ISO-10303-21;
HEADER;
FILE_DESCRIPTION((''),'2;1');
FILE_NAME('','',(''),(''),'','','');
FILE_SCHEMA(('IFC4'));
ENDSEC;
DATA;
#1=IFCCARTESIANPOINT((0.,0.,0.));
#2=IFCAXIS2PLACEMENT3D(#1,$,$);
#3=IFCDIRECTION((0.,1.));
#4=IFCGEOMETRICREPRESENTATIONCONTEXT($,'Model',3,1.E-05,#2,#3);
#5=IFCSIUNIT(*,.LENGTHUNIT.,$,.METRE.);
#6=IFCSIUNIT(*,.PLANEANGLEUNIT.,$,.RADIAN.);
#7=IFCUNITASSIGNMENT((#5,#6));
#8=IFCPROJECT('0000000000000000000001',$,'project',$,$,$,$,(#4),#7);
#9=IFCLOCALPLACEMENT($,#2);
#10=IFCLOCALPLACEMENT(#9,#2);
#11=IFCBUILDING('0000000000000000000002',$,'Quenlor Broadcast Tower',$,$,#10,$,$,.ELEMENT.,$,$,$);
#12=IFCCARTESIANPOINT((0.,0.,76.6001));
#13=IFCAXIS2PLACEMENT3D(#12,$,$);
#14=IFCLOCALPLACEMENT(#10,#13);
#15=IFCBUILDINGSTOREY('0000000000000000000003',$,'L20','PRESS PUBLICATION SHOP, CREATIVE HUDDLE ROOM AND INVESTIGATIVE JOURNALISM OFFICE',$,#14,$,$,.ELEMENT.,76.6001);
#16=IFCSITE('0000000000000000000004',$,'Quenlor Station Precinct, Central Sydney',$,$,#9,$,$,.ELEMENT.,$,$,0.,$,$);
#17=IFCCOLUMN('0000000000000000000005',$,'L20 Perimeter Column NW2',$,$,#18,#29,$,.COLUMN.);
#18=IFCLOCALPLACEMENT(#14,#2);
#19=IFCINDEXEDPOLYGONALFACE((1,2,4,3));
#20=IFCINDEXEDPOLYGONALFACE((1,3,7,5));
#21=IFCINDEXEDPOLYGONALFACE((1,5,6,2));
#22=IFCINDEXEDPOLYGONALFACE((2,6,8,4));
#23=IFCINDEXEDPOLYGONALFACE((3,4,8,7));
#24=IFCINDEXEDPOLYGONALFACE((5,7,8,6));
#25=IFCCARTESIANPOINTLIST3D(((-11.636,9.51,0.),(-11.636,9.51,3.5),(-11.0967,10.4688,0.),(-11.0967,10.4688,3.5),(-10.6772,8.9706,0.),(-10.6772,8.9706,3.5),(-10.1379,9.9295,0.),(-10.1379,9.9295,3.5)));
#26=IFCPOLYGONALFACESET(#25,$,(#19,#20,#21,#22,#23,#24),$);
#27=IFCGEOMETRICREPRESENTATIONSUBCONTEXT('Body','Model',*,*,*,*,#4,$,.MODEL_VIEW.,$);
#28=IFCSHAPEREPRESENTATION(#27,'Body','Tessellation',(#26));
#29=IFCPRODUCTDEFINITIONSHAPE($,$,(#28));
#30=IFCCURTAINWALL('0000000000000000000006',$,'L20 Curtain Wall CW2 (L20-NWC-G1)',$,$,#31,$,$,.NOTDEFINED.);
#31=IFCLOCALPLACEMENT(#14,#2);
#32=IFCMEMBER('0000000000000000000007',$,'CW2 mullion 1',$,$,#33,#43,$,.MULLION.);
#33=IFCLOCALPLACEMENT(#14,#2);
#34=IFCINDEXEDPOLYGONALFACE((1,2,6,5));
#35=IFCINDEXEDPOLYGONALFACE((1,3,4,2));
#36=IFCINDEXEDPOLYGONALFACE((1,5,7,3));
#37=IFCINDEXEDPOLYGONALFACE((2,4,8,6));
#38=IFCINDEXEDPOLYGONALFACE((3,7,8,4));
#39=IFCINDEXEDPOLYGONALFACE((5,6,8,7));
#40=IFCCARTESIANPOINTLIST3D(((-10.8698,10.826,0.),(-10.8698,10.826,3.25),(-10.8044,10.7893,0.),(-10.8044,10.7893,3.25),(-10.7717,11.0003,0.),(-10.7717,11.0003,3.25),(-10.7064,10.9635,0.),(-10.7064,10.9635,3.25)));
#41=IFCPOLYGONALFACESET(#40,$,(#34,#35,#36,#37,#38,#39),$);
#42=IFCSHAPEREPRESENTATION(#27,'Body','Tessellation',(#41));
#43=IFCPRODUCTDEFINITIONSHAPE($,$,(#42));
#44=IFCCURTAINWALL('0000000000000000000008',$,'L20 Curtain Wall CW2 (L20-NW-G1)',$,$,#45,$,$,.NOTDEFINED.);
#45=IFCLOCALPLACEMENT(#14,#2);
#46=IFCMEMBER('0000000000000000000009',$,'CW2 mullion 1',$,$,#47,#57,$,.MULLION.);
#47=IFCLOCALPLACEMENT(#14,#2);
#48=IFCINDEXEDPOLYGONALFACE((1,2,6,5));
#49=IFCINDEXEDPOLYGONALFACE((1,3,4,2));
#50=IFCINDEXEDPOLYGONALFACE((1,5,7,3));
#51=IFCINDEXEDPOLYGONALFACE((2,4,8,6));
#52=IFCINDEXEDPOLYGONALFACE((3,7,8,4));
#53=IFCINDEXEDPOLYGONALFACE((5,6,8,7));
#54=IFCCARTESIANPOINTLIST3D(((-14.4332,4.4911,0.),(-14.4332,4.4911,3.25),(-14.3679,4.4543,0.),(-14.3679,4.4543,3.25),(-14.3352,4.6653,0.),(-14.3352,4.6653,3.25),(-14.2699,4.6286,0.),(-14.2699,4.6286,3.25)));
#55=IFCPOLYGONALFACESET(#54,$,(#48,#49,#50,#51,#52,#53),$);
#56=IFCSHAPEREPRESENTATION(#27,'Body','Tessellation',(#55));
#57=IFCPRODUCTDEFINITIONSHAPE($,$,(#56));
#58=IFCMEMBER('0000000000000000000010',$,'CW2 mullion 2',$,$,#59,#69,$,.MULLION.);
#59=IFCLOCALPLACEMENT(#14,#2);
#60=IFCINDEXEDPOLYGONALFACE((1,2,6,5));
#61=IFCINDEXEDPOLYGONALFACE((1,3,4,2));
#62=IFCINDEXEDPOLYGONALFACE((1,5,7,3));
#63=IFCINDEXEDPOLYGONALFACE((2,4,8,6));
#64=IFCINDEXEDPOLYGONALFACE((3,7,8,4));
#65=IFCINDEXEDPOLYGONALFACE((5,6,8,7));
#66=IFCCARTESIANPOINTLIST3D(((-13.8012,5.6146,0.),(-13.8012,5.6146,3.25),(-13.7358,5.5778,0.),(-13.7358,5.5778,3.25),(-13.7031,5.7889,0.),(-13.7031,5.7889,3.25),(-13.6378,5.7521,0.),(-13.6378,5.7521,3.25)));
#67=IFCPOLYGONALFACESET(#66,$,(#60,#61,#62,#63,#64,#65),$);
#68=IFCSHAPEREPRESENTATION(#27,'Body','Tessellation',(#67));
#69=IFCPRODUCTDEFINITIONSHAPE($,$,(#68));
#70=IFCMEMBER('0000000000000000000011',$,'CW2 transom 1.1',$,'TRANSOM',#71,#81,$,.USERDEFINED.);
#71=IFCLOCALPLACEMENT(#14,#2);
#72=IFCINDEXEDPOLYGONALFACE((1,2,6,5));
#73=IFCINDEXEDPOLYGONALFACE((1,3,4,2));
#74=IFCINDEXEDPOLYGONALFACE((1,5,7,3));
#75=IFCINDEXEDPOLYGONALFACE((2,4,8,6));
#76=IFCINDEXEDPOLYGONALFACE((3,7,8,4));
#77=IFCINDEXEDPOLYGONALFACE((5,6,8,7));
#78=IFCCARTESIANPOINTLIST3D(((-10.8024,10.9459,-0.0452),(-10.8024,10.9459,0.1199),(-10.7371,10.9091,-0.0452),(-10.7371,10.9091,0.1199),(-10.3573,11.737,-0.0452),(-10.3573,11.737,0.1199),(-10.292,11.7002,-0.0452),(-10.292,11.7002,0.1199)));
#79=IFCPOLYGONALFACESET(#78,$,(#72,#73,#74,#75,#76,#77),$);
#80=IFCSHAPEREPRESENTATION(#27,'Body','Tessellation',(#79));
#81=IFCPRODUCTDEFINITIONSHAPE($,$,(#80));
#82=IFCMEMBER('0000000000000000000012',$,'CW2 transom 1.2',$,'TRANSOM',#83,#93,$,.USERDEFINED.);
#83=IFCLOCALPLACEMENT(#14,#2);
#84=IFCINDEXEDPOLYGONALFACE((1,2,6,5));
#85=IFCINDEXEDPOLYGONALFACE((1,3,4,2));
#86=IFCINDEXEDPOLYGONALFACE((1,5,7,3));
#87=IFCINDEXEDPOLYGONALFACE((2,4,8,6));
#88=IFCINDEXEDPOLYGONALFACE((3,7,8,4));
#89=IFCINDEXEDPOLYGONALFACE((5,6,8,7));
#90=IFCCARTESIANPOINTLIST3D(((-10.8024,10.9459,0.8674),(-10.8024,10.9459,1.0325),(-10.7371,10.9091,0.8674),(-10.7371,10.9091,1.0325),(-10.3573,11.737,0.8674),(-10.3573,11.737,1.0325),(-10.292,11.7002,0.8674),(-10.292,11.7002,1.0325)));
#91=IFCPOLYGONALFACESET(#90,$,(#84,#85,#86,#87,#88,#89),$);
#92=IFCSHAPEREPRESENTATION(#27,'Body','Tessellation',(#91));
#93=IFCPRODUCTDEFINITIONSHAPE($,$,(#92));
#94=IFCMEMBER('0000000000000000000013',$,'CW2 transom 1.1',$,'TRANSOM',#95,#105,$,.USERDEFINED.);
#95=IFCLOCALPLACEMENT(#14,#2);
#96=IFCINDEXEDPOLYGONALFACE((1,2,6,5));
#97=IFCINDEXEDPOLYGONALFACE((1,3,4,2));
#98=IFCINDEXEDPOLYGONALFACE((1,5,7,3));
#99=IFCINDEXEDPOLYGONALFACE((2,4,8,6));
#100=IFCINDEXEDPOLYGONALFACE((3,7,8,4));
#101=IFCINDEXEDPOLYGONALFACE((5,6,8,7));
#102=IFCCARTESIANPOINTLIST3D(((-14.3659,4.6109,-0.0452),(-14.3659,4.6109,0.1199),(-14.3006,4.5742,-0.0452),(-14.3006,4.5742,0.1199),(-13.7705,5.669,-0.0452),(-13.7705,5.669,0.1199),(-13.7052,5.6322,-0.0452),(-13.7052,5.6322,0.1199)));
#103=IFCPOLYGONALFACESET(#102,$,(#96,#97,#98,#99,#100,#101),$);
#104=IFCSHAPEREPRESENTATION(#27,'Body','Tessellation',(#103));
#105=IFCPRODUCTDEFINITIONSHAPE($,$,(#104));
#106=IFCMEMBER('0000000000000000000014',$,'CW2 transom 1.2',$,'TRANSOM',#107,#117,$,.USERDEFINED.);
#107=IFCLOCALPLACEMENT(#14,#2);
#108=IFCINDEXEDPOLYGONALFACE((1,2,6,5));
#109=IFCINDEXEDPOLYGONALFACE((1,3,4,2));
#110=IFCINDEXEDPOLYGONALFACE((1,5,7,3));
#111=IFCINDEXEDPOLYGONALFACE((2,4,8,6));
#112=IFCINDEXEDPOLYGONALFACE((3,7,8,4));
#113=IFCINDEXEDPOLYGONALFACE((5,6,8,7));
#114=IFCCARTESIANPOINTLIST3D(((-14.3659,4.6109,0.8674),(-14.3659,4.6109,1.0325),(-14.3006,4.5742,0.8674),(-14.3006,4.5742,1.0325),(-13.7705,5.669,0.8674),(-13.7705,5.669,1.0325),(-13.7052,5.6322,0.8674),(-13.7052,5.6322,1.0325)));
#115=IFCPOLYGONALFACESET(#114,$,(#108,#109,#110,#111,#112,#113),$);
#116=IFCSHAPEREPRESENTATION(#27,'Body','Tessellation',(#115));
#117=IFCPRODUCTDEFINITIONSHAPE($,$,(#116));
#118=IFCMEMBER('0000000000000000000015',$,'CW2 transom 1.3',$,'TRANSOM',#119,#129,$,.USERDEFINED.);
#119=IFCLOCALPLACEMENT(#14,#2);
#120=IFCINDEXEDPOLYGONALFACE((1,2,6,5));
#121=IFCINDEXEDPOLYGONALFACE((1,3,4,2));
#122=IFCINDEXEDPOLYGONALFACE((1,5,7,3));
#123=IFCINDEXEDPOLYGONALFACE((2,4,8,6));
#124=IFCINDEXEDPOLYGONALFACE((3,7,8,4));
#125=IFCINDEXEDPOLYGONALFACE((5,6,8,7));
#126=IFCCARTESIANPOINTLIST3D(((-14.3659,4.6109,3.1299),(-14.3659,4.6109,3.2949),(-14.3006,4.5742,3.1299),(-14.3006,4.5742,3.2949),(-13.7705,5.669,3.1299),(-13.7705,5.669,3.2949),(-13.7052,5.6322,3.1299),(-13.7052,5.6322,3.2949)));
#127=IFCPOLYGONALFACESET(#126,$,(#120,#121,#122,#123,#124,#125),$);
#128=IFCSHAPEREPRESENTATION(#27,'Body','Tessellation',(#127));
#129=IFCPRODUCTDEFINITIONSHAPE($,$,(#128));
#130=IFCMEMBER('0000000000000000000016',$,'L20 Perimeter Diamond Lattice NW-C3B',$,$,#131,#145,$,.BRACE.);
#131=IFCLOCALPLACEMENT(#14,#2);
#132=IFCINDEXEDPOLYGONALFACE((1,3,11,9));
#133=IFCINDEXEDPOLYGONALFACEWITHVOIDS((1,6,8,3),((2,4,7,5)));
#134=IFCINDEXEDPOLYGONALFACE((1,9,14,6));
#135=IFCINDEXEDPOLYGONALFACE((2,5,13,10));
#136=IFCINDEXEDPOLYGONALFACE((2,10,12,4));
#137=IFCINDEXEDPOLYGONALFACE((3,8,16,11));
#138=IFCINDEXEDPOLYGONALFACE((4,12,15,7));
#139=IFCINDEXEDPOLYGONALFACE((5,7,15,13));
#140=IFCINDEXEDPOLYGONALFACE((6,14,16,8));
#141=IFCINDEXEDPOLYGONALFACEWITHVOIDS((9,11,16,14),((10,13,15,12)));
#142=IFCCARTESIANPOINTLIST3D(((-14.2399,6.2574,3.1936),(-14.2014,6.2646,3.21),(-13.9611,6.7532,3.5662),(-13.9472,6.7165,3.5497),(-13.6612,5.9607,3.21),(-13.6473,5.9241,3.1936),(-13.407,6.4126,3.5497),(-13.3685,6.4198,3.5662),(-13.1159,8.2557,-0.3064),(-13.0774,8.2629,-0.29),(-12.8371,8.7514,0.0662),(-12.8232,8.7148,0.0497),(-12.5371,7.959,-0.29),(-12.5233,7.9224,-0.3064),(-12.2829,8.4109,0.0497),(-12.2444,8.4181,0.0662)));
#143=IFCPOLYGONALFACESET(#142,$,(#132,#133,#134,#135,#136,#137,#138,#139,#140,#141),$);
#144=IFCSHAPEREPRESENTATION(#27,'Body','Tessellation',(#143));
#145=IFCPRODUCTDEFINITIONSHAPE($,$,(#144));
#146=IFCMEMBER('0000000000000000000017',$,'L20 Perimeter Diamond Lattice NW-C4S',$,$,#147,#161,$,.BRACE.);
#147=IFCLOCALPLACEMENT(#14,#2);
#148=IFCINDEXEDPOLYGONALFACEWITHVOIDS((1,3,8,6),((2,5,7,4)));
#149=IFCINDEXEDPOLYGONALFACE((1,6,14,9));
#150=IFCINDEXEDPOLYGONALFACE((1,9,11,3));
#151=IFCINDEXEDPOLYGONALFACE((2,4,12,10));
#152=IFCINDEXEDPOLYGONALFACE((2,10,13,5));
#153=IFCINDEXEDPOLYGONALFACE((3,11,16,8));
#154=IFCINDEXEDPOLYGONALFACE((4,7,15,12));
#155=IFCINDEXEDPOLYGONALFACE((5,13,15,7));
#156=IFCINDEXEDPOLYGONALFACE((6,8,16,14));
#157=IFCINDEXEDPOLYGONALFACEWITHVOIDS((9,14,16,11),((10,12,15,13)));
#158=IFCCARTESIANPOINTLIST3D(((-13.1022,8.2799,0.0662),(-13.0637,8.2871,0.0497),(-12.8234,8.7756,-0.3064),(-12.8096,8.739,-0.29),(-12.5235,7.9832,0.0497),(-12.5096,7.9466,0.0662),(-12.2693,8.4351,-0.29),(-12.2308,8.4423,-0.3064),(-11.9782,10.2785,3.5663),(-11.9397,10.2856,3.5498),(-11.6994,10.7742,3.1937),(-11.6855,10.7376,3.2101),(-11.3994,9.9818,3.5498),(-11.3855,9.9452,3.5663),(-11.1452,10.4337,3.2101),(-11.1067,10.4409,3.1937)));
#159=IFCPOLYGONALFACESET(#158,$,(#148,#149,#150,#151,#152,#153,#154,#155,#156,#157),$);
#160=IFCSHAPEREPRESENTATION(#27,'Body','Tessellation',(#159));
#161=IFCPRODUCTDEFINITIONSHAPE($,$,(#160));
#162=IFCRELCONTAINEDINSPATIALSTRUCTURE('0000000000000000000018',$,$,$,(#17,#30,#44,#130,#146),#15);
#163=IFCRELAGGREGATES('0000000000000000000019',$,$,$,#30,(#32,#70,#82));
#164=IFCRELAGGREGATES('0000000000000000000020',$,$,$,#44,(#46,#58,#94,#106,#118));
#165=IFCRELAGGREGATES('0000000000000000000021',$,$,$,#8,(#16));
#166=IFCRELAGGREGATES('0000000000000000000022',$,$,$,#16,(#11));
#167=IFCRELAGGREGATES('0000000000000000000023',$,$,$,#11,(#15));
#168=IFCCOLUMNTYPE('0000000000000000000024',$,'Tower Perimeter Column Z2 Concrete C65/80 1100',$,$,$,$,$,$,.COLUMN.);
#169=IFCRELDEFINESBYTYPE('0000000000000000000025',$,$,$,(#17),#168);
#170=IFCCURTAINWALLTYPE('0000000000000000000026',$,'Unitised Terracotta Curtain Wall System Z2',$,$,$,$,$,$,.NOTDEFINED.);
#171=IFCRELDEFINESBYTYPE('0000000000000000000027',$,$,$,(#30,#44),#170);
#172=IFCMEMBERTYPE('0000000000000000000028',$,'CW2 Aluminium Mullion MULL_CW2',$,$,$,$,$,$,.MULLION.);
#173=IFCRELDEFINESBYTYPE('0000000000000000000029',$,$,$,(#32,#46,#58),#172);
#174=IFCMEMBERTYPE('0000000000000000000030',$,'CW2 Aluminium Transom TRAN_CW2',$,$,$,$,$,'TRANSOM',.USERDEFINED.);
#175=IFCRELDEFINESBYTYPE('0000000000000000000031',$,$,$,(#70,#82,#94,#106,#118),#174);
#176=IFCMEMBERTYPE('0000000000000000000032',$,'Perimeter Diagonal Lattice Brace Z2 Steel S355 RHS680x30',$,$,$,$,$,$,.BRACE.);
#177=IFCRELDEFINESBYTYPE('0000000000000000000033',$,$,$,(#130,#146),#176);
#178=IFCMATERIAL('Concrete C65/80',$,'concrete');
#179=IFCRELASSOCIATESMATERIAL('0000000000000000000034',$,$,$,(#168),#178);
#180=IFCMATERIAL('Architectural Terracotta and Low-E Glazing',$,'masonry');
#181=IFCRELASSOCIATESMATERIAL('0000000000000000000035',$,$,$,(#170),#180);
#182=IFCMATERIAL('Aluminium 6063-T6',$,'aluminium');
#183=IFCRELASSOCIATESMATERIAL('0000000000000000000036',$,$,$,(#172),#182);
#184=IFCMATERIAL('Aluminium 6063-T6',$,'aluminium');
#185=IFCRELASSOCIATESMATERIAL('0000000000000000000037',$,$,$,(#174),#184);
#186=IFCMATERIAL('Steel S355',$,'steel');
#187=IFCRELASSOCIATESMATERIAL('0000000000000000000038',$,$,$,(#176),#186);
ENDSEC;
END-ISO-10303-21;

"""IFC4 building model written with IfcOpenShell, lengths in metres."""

from ifc_helpers import new_model, si_unit, direction, frame, origin, origin_2d, place, context, subcontext, project, spatial, rectangle, hollow_rectangle, extrude, material, material_profile, profile_set, type_object, element, aggregate, save


model = new_model("IFC4")

# Units and contexts
model_context = context("Model", 3, precision=1e-05, world=origin(), true_north=direction((0.0, 1.0)))
body_context = subcontext(model_context, "Body", "Model", "MODEL_VIEW")
ifc_project = project(units=[si_unit("LENGTHUNIT", "METRE"), si_unit("PLANEANGLEUNIT", "RADIAN")], contexts=[model_context])

# Site, building, storey
site_placement = place(None, origin())
site = spatial("IfcSite", under=ifc_project, at=site_placement, Name="Quenlor Station Precinct, Central Sydney", CompositionType="ELEMENT", RefElevation=0.0)
building_placement = place(site_placement, origin())
building = spatial("IfcBuilding", under=site, at=building_placement, Name="Quenlor Broadcast Tower", CompositionType="ELEMENT")
storey_placement = place(building_placement, frame((0.0, 0.0, 76.6001)))
storey = spatial("IfcBuildingStorey", under=building, at=storey_placement, Name="L20", Description="PRESS PUBLICATION SHOP, CREATIVE HUDDLE ROOM AND INVESTIGATIVE JOURNALISM OFFICE", CompositionType="ELEMENT", Elevation=76.6001)

# Column
ifc_material_1 = material(Name="Concrete C65/80", Category="concrete")
ifc_material_profile_1 = material_profile(ifc_material_1, rectangle(XDim=1.1001, YDim=1.1001, at=origin_2d()))
ifc_profile_set_1 = profile_set([ifc_material_profile_1], Name="Concrete C65/80 RC1100x1100")
column_type = type_object("IfcColumnType", Name="Tower Perimeter Column Z2 Concrete C65/80 1100", PredefinedType="COLUMN", material=ifc_profile_set_1)
column_placement = place(storey_placement, frame((-10.887, 9.7197, 0.0), z_axis=(0.0, 0.0, 1.0), x_axis=(-0.871575, 0.490262, 0.0)))
element("IfcColumn", 1, at=column_placement, inside=storey, type_object=column_type, Name="L20 Perimeter Column NW2", PredefinedType="COLUMN", context=body_context, shape_type="SweptSolid", body=[
    extrude(rectangle(XDim=1.1001, YDim=1.1001, at=origin_2d()), origin(), (0.0, 0.0, 1.0), 3.5),
])

# Curtain wall, member
ifc_material_2 = material(Name="Architectural Terracotta and Low-E Glazing", Category="masonry")
curtain_wall_type = type_object("IfcCurtainWallType", Name="Unitised Terracotta Curtain Wall System Z2", PredefinedType="NOTDEFINED", material=ifc_material_2)
curtain_wall_1_placement = place(storey_placement, origin())
curtain_wall_1 = element("IfcCurtainWall", 2, at=curtain_wall_1_placement, inside=storey, type_object=curtain_wall_type, Name="L20 Curtain Wall CW2 (L20-NWC-G1)", PredefinedType="NOTDEFINED")
ifc_material_3 = material(Name="Aluminium 6063-T6", Category="aluminium")
ifc_material_profile_2 = material_profile(ifc_material_3, rectangle(XDim=0.075, YDim=0.2, at=origin_2d()))
ifc_profile_set_2 = profile_set([ifc_material_profile_2], Name="Aluminium 6063-T6 MULL75x200")
member_type_1 = type_object("IfcMemberType", Name="CW2 Aluminium Mullion MULL_CW2", PredefinedType="MULLION", material=ifc_profile_set_2)
member_1_placement = place(storey_placement, frame((-10.7881, 10.8948, 0.0), z_axis=(0.0, 0.0, 1.0), x_axis=(-0.871581, 0.490252, 0.0)))
member_1 = element("IfcMember", 3, at=member_1_placement, type_object=member_type_1, Name="CW2 mullion 1", PredefinedType="MULLION", context=body_context, shape_type="SweptSolid", body=[
    extrude(rectangle(XDim=0.075, YDim=0.2, at=origin_2d()), origin(), (0.0, 0.0, 1.0), 3.25),
])

# Curtain wall, members
curtain_wall_2_placement = place(storey_placement, origin())
curtain_wall_2 = element("IfcCurtainWall", 4, at=curtain_wall_2_placement, inside=storey, type_object=curtain_wall_type, Name="L20 Curtain Wall CW2 (L20-NW-G1)", PredefinedType="NOTDEFINED")
member_2_placement = place(storey_placement, frame((-14.3516, 4.5598, 0.0), z_axis=(0.0, 0.0, 1.0), x_axis=(-0.871579, 0.490254, 0.0)))
member_2 = element("IfcMember", 5, at=member_2_placement, type_object=member_type_1, Name="CW2 mullion 1", PredefinedType="MULLION", context=body_context, shape_type="SweptSolid", body=[
    extrude(rectangle(XDim=0.075, YDim=0.2, at=origin_2d()), origin(), (0.0, 0.0, 1.0), 3.25),
])
member_3_placement = place(storey_placement, frame((-13.7195, 5.6833, 0.0), z_axis=(0.0, 0.0, 1.0), x_axis=(-0.871579, 0.490254, 0.0)))
member_3 = element("IfcMember", 6, at=member_3_placement, type_object=member_type_1, Name="CW2 mullion 2", PredefinedType="MULLION", context=body_context, shape_type="SweptSolid", body=[
    extrude(rectangle(XDim=0.075, YDim=0.2, at=origin_2d()), origin(), (0.0, 0.0, 1.0), 3.25),
])

# Members
ifc_material_4 = material(Name="Aluminium 6063-T6", Category="aluminium")
ifc_material_profile_3 = material_profile(ifc_material_4, rectangle(XDim=0.075, YDim=0.165, at=origin_2d()))
ifc_profile_set_3 = profile_set([ifc_material_profile_3], Name="Aluminium 6063-T6 TRAN75x165")
member_type_2 = type_object("IfcMemberType", Name="CW2 Aluminium Transom TRAN_CW2", ElementType="TRANSOM", PredefinedType="USERDEFINED", material=ifc_profile_set_3)
member_4_placement = place(storey_placement, frame((-10.7698, 10.9275, 0.0374), z_axis=(0.490363, 0.871518, 0.0), x_axis=(-0.871518, 0.490363, 0.0)))
member_4 = element("IfcMember", 7, at=member_4_placement, type_object=member_type_2, Name="CW2 transom 1.1", ObjectType="TRANSOM", PredefinedType="USERDEFINED", context=body_context, shape_type="SweptSolid", body=[
    extrude(rectangle(XDim=0.075, YDim=0.165, at=origin_2d()), origin(), (0.0, 0.0, 1.0), 0.9077),
])
member_5_placement = place(storey_placement, frame((-10.7698, 10.9275, 0.95), z_axis=(0.490363, 0.871518, 0.0), x_axis=(-0.871518, 0.490363, 0.0)))
member_5 = element("IfcMember", 8, at=member_5_placement, type_object=member_type_2, Name="CW2 transom 1.2", ObjectType="TRANSOM", PredefinedType="USERDEFINED", context=body_context, shape_type="SweptSolid", body=[
    extrude(rectangle(XDim=0.075, YDim=0.165, at=origin_2d()), origin(), (0.0, 0.0, 1.0), 0.9077),
])
aggregate(curtain_wall_1, [member_1, member_4, member_5])
member_6_placement = place(storey_placement, frame((-14.3333, 4.5925, 0.0374), z_axis=(0.490433, 0.871479, 0.0), x_axis=(-0.871479, 0.490433, 0.0)))
member_6 = element("IfcMember", 9, at=member_6_placement, type_object=member_type_2, Name="CW2 transom 1.1", ObjectType="TRANSOM", PredefinedType="USERDEFINED", context=body_context, shape_type="SweptSolid", body=[
    extrude(rectangle(XDim=0.075, YDim=0.165, at=origin_2d()), origin(), (0.0, 0.0, 1.0), 1.2141),
])
member_7_placement = place(storey_placement, frame((-14.3333, 4.5925, 0.95), z_axis=(0.490433, 0.871479, 0.0), x_axis=(-0.871479, 0.490433, 0.0)))
member_7 = element("IfcMember", 10, at=member_7_placement, type_object=member_type_2, Name="CW2 transom 1.2", ObjectType="TRANSOM", PredefinedType="USERDEFINED", context=body_context, shape_type="SweptSolid", body=[
    extrude(rectangle(XDim=0.075, YDim=0.165, at=origin_2d()), origin(), (0.0, 0.0, 1.0), 1.2141),
])
member_8_placement = place(storey_placement, frame((-14.3333, 4.5925, 3.2124), z_axis=(0.490433, 0.871479, 0.0), x_axis=(-0.871479, 0.490433, 0.0)))
member_8 = element("IfcMember", 11, at=member_8_placement, type_object=member_type_2, Name="CW2 transom 1.3", ObjectType="TRANSOM", PredefinedType="USERDEFINED", context=body_context, shape_type="SweptSolid", body=[
    extrude(rectangle(XDim=0.075, YDim=0.165, at=origin_2d()), origin(), (0.0, 0.0, 1.0), 1.2141),
])

# Members
ifc_material_5 = material(Name="Steel S355", Category="steel")
ifc_material_profile_4 = material_profile(ifc_material_5, hollow_rectangle(XDim=0.6799, YDim=0.6799, WallThickness=0.03, at=origin_2d()))
ifc_profile_set_4 = profile_set([ifc_material_profile_4], Name="Steel S355 RHS680x680x30")
member_type_3 = type_object("IfcMemberType", Name="Perimeter Diagonal Lattice Brace Z2 Steel S355 RHS680x30", PredefinedType="BRACE", material=ifc_profile_set_4)
member_9_placement = place(storey_placement, frame((-12.6802, 8.3369, -0.1201), z_axis=(-0.268642, -0.477593, 0.836502), x_axis=(0.871578, -0.490256, 0.0)))
element("IfcMember", 12, at=member_9_placement, inside=storey, type_object=member_type_3, Name="L20 Perimeter Diamond Lattice NW-C3B", PredefinedType="BRACE", context=body_context, shape_type="SweptSolid", body=[
    extrude(hollow_rectangle(XDim=0.6799, YDim=0.6799, WallThickness=0.03, at=origin_2d()), origin(), (0.0, 0.0, 1.0), 4.1841),
])
member_10_placement = place(storey_placement, frame((-12.6665, 8.3611, -0.1201), z_axis=(0.268635, 0.477638, 0.836479), x_axis=(-0.871604, 0.490211, 0.0)))
element("IfcMember", 13, at=member_10_placement, inside=storey, type_object=member_type_3, Name="L20 Perimeter Diamond Lattice NW-C4S", PredefinedType="BRACE", context=body_context, shape_type="SweptSolid", body=[
    extrude(hollow_rectangle(XDim=0.6799, YDim=0.6799, WallThickness=0.03, at=origin_2d()), origin(), (0.0, 0.0, 1.0), 4.1843),
])

aggregate(curtain_wall_2, [member_2, member_3, member_6, member_7, member_8])

save(model, "model.ifc")
